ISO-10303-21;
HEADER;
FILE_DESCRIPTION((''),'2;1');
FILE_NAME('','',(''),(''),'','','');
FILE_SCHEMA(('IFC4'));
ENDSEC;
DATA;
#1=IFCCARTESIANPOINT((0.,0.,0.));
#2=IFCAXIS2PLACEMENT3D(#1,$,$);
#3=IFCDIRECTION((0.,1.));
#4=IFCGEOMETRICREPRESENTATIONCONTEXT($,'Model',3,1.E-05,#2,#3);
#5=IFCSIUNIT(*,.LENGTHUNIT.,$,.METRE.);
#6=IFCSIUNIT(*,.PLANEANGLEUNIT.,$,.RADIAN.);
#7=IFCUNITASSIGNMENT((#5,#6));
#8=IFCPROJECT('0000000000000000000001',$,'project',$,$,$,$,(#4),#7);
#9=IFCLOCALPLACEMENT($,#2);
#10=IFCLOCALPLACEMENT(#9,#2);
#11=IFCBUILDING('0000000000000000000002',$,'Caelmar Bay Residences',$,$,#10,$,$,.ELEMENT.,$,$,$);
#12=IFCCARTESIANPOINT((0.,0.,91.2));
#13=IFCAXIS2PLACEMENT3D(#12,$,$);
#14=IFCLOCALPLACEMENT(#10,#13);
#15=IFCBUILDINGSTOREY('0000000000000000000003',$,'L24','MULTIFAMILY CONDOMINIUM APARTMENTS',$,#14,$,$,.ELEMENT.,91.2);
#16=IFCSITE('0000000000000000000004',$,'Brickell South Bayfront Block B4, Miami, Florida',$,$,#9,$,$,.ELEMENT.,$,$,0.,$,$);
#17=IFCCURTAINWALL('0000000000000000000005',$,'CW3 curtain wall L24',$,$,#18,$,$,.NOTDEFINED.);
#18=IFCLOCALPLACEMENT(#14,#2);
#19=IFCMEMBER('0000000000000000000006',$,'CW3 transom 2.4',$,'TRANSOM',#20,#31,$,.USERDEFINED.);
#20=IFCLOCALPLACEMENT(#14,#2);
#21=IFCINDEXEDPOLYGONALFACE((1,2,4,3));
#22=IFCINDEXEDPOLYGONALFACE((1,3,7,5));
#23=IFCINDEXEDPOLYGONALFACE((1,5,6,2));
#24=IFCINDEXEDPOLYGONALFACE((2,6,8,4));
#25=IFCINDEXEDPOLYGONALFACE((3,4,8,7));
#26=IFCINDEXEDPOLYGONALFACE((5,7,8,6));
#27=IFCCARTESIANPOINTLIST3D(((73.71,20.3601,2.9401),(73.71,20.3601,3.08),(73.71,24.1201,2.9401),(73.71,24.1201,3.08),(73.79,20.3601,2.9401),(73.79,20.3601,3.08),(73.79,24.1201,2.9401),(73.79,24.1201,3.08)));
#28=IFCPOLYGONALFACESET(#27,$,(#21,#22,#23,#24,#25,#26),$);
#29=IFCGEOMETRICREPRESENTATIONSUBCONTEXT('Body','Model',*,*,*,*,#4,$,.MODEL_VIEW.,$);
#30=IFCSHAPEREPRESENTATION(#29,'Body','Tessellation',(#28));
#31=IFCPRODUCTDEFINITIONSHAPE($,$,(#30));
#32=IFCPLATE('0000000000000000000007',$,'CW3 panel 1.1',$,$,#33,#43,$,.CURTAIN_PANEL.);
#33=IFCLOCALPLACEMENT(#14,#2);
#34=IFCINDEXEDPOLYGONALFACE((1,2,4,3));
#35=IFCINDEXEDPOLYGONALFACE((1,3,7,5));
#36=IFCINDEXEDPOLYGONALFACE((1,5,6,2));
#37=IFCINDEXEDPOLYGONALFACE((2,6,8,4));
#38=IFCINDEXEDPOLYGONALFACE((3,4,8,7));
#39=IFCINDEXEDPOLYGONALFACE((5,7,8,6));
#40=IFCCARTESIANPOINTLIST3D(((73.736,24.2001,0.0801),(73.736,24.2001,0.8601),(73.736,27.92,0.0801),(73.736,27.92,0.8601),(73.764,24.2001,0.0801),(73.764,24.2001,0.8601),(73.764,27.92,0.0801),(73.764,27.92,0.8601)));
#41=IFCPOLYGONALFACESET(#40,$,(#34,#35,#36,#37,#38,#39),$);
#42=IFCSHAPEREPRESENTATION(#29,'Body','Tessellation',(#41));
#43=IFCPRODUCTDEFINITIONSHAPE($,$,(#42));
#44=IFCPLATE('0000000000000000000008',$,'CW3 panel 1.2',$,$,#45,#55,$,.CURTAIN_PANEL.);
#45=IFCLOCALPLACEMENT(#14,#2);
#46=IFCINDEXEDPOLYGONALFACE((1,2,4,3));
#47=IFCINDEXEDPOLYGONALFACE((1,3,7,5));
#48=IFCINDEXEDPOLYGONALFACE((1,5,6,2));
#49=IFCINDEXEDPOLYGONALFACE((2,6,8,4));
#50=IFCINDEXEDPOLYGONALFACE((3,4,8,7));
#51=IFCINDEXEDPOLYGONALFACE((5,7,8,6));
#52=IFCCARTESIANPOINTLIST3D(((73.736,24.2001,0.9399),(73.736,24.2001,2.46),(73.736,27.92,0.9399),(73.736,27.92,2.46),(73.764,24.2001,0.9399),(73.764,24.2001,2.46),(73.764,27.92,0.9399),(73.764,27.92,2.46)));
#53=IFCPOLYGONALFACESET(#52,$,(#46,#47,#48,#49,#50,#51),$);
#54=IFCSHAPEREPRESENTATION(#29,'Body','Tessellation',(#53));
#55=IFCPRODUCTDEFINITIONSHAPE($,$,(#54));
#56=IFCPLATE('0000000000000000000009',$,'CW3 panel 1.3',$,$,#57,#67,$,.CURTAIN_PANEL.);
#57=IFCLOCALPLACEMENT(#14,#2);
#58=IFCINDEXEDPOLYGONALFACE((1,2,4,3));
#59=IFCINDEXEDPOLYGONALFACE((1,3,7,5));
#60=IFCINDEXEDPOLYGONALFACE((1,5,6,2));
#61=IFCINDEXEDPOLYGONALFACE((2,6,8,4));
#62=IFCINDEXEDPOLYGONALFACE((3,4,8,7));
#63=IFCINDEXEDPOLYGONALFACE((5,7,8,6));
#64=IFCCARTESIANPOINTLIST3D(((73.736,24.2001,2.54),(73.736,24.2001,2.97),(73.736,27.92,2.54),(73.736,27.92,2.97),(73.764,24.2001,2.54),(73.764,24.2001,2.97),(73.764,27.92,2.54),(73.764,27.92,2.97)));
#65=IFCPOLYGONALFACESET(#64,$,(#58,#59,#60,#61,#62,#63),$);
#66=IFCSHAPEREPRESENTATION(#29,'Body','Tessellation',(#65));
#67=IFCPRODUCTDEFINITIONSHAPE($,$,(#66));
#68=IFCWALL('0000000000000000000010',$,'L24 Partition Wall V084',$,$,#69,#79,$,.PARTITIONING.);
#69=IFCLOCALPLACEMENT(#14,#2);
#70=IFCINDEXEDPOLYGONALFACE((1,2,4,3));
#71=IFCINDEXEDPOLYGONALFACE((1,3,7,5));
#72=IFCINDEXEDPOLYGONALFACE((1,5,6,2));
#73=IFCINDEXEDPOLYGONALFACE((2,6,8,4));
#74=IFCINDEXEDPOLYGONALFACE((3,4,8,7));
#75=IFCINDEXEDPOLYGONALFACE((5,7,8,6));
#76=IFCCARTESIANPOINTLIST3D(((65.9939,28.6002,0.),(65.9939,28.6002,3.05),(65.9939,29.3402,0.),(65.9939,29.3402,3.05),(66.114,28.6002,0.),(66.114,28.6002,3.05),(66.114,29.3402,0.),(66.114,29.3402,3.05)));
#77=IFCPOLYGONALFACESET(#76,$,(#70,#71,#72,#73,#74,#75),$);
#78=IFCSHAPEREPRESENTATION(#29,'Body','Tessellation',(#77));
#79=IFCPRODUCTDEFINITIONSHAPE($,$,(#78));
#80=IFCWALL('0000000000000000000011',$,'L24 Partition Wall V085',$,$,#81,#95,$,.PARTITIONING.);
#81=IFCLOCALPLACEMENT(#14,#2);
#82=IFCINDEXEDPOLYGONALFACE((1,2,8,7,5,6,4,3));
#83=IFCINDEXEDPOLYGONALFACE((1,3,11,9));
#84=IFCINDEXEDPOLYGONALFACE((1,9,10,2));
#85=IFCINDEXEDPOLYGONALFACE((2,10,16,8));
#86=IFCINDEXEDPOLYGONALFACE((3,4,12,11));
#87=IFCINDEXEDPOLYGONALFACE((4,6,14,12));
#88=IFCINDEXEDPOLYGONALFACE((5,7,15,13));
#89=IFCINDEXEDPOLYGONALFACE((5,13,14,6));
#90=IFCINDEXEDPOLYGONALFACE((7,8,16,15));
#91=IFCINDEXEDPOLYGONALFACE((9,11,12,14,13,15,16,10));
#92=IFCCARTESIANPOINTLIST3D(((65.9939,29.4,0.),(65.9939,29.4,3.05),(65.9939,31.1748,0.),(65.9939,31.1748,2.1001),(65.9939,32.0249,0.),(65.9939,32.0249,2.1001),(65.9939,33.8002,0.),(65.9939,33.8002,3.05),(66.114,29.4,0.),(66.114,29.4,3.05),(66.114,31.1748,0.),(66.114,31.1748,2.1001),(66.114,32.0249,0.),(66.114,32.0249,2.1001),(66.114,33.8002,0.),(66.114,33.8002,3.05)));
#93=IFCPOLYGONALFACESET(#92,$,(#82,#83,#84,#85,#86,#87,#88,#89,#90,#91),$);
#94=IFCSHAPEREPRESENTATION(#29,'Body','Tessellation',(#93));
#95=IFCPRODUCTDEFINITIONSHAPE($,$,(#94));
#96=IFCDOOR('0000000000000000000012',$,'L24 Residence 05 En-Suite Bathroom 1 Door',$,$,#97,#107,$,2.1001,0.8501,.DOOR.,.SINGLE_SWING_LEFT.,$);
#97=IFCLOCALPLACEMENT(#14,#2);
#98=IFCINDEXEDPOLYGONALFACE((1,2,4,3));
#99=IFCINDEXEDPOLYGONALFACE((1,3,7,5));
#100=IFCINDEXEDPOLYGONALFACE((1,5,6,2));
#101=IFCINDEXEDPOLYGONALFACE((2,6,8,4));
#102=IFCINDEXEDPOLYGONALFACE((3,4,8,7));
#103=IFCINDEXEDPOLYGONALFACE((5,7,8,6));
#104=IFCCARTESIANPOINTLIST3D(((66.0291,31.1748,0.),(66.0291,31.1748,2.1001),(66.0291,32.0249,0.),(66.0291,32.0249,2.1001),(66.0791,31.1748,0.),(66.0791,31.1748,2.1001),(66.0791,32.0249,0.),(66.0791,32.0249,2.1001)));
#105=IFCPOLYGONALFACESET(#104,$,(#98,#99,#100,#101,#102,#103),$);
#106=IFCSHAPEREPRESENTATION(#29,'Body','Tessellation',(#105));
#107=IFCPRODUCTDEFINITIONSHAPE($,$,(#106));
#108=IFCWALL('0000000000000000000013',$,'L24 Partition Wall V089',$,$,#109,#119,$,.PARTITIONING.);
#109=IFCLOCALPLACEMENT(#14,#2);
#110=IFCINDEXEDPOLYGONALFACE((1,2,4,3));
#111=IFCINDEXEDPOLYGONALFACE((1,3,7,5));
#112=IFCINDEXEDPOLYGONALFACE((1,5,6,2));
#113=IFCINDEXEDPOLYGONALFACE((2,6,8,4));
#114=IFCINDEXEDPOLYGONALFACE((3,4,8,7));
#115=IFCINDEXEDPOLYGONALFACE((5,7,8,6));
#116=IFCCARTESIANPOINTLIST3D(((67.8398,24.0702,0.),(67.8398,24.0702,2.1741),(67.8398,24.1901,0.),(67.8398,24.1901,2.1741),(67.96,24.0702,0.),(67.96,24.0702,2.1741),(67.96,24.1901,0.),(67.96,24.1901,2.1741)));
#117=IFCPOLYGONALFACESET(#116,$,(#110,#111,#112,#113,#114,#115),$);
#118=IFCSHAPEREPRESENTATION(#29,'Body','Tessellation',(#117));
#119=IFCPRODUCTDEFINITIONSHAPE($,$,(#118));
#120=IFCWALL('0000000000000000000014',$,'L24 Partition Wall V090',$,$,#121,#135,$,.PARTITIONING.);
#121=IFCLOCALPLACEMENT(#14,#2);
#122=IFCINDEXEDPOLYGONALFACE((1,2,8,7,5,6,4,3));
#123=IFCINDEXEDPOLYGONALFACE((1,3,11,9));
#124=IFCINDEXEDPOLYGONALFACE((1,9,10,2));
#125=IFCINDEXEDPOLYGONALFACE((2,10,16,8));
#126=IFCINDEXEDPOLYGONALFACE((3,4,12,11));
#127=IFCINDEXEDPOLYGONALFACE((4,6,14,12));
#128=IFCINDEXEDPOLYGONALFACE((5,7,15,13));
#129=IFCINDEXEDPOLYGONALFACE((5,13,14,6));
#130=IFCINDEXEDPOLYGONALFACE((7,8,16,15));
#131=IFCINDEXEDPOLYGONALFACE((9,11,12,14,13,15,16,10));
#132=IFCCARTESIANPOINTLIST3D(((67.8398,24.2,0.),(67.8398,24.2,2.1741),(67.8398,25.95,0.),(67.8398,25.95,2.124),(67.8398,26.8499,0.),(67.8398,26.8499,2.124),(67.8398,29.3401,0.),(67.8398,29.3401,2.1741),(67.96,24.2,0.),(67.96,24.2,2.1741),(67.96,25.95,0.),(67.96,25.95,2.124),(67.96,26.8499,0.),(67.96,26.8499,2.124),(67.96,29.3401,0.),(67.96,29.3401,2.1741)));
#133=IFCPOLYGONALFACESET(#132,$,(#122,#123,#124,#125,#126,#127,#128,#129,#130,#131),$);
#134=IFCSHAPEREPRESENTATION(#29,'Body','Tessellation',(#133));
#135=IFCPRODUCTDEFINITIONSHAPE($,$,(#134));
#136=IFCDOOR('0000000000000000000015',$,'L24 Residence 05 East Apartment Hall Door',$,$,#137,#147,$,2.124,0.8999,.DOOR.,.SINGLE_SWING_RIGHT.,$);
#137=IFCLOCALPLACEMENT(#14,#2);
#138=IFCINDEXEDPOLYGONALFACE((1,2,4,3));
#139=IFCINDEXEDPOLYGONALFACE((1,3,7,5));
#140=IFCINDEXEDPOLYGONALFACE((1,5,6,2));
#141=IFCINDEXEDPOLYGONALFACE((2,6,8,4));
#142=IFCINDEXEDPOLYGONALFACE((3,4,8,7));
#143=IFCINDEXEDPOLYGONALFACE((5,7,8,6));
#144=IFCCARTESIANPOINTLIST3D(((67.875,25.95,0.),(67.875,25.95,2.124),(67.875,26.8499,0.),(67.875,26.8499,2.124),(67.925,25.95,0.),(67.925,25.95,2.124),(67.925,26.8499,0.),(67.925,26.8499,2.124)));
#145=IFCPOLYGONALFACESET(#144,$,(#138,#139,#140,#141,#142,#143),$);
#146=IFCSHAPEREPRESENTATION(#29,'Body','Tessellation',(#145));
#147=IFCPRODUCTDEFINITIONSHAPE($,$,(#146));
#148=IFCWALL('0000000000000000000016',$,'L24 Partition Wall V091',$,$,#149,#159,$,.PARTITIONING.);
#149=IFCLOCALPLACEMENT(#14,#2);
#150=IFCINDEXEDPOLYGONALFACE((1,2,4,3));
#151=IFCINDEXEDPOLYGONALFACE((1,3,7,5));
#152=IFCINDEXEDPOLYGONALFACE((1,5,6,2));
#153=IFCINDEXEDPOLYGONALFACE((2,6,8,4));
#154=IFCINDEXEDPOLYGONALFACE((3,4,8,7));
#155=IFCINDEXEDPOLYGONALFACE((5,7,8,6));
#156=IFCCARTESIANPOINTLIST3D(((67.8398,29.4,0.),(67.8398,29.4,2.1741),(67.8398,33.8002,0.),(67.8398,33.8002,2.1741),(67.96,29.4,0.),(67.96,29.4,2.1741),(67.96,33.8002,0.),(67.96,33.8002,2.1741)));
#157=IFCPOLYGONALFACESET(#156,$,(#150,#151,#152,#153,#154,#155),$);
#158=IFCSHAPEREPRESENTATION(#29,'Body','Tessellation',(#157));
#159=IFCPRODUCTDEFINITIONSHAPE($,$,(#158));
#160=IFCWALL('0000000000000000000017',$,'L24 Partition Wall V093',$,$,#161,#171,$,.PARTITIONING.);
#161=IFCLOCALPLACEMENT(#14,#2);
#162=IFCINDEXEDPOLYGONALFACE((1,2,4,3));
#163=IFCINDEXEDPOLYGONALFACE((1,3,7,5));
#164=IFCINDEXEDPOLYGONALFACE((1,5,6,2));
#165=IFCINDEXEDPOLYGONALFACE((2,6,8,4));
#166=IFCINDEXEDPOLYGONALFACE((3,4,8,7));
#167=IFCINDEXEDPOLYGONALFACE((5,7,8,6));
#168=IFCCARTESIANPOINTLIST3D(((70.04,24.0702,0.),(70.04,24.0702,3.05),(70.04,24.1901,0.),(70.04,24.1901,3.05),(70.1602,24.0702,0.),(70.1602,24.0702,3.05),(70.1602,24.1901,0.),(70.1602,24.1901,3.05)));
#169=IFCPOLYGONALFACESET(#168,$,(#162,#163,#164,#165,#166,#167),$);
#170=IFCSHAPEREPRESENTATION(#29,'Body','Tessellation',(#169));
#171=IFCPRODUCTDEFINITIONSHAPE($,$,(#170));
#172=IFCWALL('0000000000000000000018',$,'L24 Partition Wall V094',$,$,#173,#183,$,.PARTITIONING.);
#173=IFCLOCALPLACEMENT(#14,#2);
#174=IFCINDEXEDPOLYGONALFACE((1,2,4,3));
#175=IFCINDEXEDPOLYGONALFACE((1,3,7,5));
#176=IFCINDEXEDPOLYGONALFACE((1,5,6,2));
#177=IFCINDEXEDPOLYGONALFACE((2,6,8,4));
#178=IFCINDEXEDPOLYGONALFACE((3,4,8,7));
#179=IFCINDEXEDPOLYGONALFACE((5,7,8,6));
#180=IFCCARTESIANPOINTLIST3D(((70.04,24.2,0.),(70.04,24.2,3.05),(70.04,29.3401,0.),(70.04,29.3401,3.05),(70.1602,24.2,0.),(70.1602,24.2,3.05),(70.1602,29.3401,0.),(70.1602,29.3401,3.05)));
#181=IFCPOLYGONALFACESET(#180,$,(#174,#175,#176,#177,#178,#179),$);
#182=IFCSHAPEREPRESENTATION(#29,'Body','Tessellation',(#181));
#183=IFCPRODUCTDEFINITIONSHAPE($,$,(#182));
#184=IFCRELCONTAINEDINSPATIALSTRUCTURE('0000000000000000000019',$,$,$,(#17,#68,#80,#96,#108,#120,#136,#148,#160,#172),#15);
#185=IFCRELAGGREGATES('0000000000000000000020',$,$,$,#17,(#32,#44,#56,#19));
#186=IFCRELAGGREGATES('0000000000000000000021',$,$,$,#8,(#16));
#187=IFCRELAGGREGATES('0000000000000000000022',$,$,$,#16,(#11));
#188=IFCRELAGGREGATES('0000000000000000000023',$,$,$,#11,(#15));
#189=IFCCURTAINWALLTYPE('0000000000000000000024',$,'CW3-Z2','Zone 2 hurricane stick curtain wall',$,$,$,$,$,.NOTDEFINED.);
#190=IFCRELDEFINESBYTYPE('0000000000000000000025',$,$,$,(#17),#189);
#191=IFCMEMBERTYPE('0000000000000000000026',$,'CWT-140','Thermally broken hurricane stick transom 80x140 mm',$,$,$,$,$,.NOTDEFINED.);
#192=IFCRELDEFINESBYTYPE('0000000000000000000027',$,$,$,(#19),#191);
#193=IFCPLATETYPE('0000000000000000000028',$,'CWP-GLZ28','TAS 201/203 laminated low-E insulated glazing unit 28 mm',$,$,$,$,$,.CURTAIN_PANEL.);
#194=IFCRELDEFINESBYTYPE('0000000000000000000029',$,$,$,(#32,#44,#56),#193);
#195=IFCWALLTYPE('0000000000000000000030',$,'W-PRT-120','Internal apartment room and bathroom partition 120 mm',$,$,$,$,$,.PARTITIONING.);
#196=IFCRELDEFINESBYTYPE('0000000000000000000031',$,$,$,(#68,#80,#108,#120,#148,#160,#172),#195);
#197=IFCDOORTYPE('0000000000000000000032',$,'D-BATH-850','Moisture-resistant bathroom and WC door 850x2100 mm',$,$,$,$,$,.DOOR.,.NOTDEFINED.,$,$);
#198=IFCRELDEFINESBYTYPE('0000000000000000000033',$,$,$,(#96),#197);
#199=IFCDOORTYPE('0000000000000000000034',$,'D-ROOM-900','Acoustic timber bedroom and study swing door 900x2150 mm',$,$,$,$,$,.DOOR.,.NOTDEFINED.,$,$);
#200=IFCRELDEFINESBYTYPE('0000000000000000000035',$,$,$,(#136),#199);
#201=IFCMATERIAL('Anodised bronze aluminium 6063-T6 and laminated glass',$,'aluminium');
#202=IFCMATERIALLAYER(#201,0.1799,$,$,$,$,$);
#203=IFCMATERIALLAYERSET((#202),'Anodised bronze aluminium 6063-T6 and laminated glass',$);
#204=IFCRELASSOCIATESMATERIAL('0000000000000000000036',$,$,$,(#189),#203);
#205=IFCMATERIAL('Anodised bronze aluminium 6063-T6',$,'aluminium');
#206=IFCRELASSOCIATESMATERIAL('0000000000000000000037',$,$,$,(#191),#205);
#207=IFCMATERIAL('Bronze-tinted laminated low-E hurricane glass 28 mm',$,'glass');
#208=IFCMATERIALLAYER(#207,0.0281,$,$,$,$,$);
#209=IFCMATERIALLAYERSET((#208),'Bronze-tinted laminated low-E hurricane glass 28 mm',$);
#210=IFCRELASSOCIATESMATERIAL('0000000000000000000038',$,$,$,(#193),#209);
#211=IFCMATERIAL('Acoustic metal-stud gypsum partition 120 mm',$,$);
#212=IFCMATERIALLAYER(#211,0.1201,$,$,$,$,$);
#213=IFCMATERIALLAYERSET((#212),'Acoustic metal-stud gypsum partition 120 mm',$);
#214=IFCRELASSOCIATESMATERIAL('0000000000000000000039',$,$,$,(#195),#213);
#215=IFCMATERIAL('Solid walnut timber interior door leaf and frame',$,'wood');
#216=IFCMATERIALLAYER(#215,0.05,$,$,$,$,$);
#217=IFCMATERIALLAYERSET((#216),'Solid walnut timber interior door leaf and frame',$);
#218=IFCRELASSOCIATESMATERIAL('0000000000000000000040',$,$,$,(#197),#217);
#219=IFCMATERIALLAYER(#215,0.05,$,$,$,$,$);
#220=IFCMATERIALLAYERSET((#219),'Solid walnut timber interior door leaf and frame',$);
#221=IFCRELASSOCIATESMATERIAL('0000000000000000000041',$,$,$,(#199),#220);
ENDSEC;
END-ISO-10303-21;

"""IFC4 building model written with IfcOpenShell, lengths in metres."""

from ifc_helpers import new_model, si_unit, direction, frame, frame_2d, origin, origin_2d, place, context, subcontext, project, spatial, rectangle, extrude, material, layer, layer_set, material_profile, profile_set, type_object, element, fill, aggregate, save


model = new_model("IFC4")

# Units and contexts
model_context = context("Model", 3, precision=1e-05, world=origin(), true_north=direction((0.0, 1.0)))
body_context = subcontext(model_context, "Body", "Model", "MODEL_VIEW")
ifc_project = project(units=[si_unit("LENGTHUNIT", "METRE"), si_unit("PLANEANGLEUNIT", "RADIAN")], contexts=[model_context])

# Site, building, storey
site_placement = place(None, origin())
site = spatial("IfcSite", under=ifc_project, at=site_placement, Name="Brickell South Bayfront Block B4, Miami, Florida", CompositionType="ELEMENT", RefElevation=0.0)
building_placement = place(site_placement, origin())
building = spatial("IfcBuilding", under=site, at=building_placement, Name="Caelmar Bay Residences", CompositionType="ELEMENT")
storey_placement = place(building_placement, frame((0.0, 0.0, 91.2)))
storey = spatial("IfcBuildingStorey", under=building, at=storey_placement, Name="L24", Description="MULTIFAMILY CONDOMINIUM APARTMENTS", CompositionType="ELEMENT", Elevation=91.2)

# Curtain wall, member, plates
ifc_material_1 = material(Name="Anodised bronze aluminium 6063-T6 and laminated glass", Category="aluminium")
ifc_layer_1 = layer(ifc_material_1, 0.1799)
ifc_layer_set_1 = layer_set([ifc_layer_1], Name="Anodised bronze aluminium 6063-T6 and laminated glass")
curtain_wall_type = type_object("IfcCurtainWallType", Name="CW3-Z2", Description="Zone 2 hurricane stick curtain wall", PredefinedType="NOTDEFINED", material=ifc_layer_set_1)
curtain_wall_placement = place(storey_placement, origin())
curtain_wall = element("IfcCurtainWall", 1, at=curtain_wall_placement, inside=storey, type_object=curtain_wall_type, Name="CW3 curtain wall L24", PredefinedType="NOTDEFINED")
ifc_material_2 = material(Name="Anodised bronze aluminium 6063-T6", Category="aluminium")
ifc_material_profile_1 = material_profile(ifc_material_2, rectangle(XDim=0.0801, YDim=0.1399, at=origin_2d()), Name="CWT-80X140")
ifc_profile_set_1 = profile_set([ifc_material_profile_1], Name="Anodised bronze aluminium 6063-T6")
member_type_1 = type_object("IfcMemberType", Name="CWT-140", Description="Thermally broken hurricane stick transom 80x140 mm", PredefinedType="NOTDEFINED", material=ifc_profile_set_1)
member_1_placement = place(storey_placement, frame((73.75, 24.1201, 3.01), z_axis=(0.0, -1.0, 0.0), x_axis=(1.0, 0.0, 0.0)))
member_1 = element("IfcMember", 2, at=member_1_placement, type_object=member_type_1, Name="CW3 transom 2.4", ObjectType="TRANSOM", PredefinedType="USERDEFINED", context=body_context, shape_type="SweptSolid", body=[
    extrude(rectangle(XDim=0.0801, YDim=0.1399, at=origin_2d()), origin(), (0.0, 0.0, 1.0), 3.76),
])
ifc_material_3 = material(Name="Bronze-tinted laminated low-E hurricane glass 28 mm", Category="glass")
ifc_layer_2 = layer(ifc_material_3, 0.0281)
ifc_layer_set_2 = layer_set([ifc_layer_2], Name="Bronze-tinted laminated low-E hurricane glass 28 mm")
plate_type = type_object("IfcPlateType", Name="CWP-GLZ28", Description="TAS 201/203 laminated low-E insulated glazing unit 28 mm", PredefinedType="CURTAIN_PANEL", material=ifc_layer_set_2)
plate_1_placement = place(storey_placement, frame((73.75, 26.0601, 0.0801), z_axis=(0.0, 0.0, 1.0), x_axis=(0.0, -1.0, 0.0)))
plate_1 = element("IfcPlate", 3, at=plate_1_placement, type_object=plate_type, Name="CW3 panel 1.1", PredefinedType="CURTAIN_PANEL", context=body_context, shape_type="SweptSolid", body=[
    extrude(rectangle(XDim=3.72, YDim=0.0281, at=origin_2d()), origin(), (0.0, 0.0, 1.0), 0.78),
])
plate_2_placement = place(storey_placement, frame((73.75, 26.0601, 0.9399), z_axis=(0.0, 0.0, 1.0), x_axis=(0.0, -1.0, 0.0)))
plate_2 = element("IfcPlate", 4, at=plate_2_placement, type_object=plate_type, Name="CW3 panel 1.2", PredefinedType="CURTAIN_PANEL", context=body_context, shape_type="SweptSolid", body=[
    extrude(rectangle(XDim=3.72, YDim=0.0281, at=origin_2d()), origin(), (0.0, 0.0, 1.0), 1.52),
])
plate_3_placement = place(storey_placement, frame((73.75, 26.0601, 2.54), z_axis=(0.0, 0.0, 1.0), x_axis=(0.0, -1.0, 0.0)))
plate_3 = element("IfcPlate", 5, at=plate_3_placement, type_object=plate_type, Name="CW3 panel 1.3", PredefinedType="CURTAIN_PANEL", context=body_context, shape_type="SweptSolid", body=[
    extrude(rectangle(XDim=3.72, YDim=0.0281, at=origin_2d()), origin(), (0.0, 0.0, 1.0), 0.4299),
])
aggregate(curtain_wall, [plate_1, plate_2, plate_3, member_1])

# Wall
ifc_material_4 = material(Name="Acoustic metal-stud gypsum partition 120 mm")
ifc_layer_3 = layer(ifc_material_4, 0.1201)
ifc_layer_set_3 = layer_set([ifc_layer_3], Name="Acoustic metal-stud gypsum partition 120 mm")
wall_type = type_object("IfcWallType", Name="W-PRT-120", Description="Internal apartment room and bathroom partition 120 mm", PredefinedType="PARTITIONING", material=ifc_layer_set_3)
wall_1_placement = place(storey_placement, frame((66.054, 28.6001, 0.0), z_axis=(0.0, 0.0, 1.0), x_axis=(0.0, 1.0, 0.0)))
element("IfcWall", 6, at=wall_1_placement, inside=storey, type_object=wall_type, Name="L24 Partition Wall V084", PredefinedType="PARTITIONING", context=body_context, shape_type="SweptSolid", body=[
    extrude(rectangle(XDim=0.74, YDim=0.1201, at=frame_2d((0.3701, 0.0))), origin(), (0.0, 0.0, 1.0), 3.05),
])

# Wall, opening, door
wall_2_placement = place(storey_placement, frame((66.054, 29.3999, 0.0), z_axis=(0.0, 0.0, 1.0), x_axis=(0.0, 1.0, 0.0)))
wall_2 = element("IfcWall", 7, at=wall_2_placement, inside=storey, type_object=wall_type, Name="L24 Partition Wall V085", PredefinedType="PARTITIONING", context=body_context, shape_type="SweptSolid", body=[
    extrude(rectangle(XDim=4.4001, YDim=0.1201, at=frame_2d((2.2002, 0.0))), origin(), (0.0, 0.0, 1.0), 3.05),
])
opening_1_placement = place(wall_2_placement, frame((1.7749, 0.0, 0.0)))
opening_1 = element("IfcOpeningElement", 8, at=opening_1_placement, cuts=wall_2, PredefinedType="OPENING", context=body_context, shape_type="SweptSolid", body=[
    extrude(rectangle(XDim=0.8501, YDim=2.1001, at=frame_2d((0.425, 1.05))), frame((0.0, 0.0701, 0.0), z_axis=(0.0, -1.0, 0.0), x_axis=(1.0, 0.0, 0.0)), (0.0, 0.0, 1.0), 0.1401),
])
ifc_material_5 = material(Name="Solid walnut timber interior door leaf and frame", Category="wood")
ifc_layer_4 = layer(ifc_material_5, 0.05)
ifc_layer_set_4 = layer_set([ifc_layer_4], Name="Solid walnut timber interior door leaf and frame")
door_type_1 = type_object("IfcDoorType", Name="D-BATH-850", Description="Moisture-resistant bathroom and WC door 850x2100 mm", OperationType="NOTDEFINED", PredefinedType="DOOR", material=ifc_layer_set_4)
door_1_placement = place(opening_1_placement, origin())
door_1 = element("IfcDoor", 9, at=door_1_placement, inside=storey, type_object=door_type_1, Name="L24 Residence 05 En-Suite Bathroom 1 Door", OperationType="SINGLE_SWING_LEFT", OverallHeight=2.1001, OverallWidth=0.8501, PredefinedType="DOOR", context=body_context, shape_type="SweptSolid", body=[
    extrude(rectangle(XDim=0.8501, YDim=2.1001, at=frame_2d((0.425, 1.05))), frame((0.0, 0.0249, 0.0), z_axis=(0.0, -1.0, 0.0), x_axis=(1.0, 0.0, 0.0)), (0.0, 0.0, 1.0), 0.05),
])
fill(opening_1, door_1)

# Wall
wall_3_placement = place(storey_placement, frame((67.8999, 24.0701, 0.0), z_axis=(0.0, 0.0, 1.0), x_axis=(0.0, 1.0, 0.0)))
element("IfcWall", 10, at=wall_3_placement, inside=storey, type_object=wall_type, Name="L24 Partition Wall V089", PredefinedType="PARTITIONING", context=body_context, shape_type="SweptSolid", body=[
    extrude(rectangle(XDim=0.1199, YDim=0.1201, at=frame_2d((0.0601, 0.0))), origin(), (0.0, 0.0, 1.0), 2.1741),
])

# Wall, opening, door
wall_4_placement = place(storey_placement, frame((67.8999, 24.2, 0.0), z_axis=(0.0, 0.0, 1.0), x_axis=(0.0, 1.0, 0.0)))
wall_4 = element("IfcWall", 11, at=wall_4_placement, inside=storey, type_object=wall_type, Name="L24 Partition Wall V090", PredefinedType="PARTITIONING", context=body_context, shape_type="SweptSolid", body=[
    extrude(rectangle(XDim=5.1401, YDim=0.1201, at=frame_2d((2.5701, 0.0))), origin(), (0.0, 0.0, 1.0), 2.1741),
])
opening_2_placement = place(wall_4_placement, frame((1.75, 0.0, 0.0)))
opening_2 = element("IfcOpeningElement", 12, at=opening_2_placement, cuts=wall_4, PredefinedType="OPENING", context=body_context, shape_type="SweptSolid", body=[
    extrude(rectangle(XDim=0.8999, YDim=2.124, at=frame_2d((0.45, 1.062))), frame((0.0, 0.0701, 0.0), z_axis=(0.0, -1.0, 0.0), x_axis=(1.0, 0.0, 0.0)), (0.0, 0.0, 1.0), 0.1401),
])
ifc_layer_5 = layer(ifc_material_5, 0.05)
ifc_layer_set_5 = layer_set([ifc_layer_5], Name="Solid walnut timber interior door leaf and frame")
door_type_2 = type_object("IfcDoorType", Name="D-ROOM-900", Description="Acoustic timber bedroom and study swing door 900x2150 mm", OperationType="NOTDEFINED", PredefinedType="DOOR", material=ifc_layer_set_5)
door_2_placement = place(opening_2_placement, origin())
door_2 = element("IfcDoor", 13, at=door_2_placement, inside=storey, type_object=door_type_2, Name="L24 Residence 05 East Apartment Hall Door", OperationType="SINGLE_SWING_RIGHT", OverallHeight=2.124, OverallWidth=0.8999, PredefinedType="DOOR", context=body_context, shape_type="SweptSolid", body=[
    extrude(rectangle(XDim=0.8999, YDim=2.124, at=frame_2d((0.45, 1.062))), frame((0.0, 0.0249, 0.0), z_axis=(0.0, -1.0, 0.0), x_axis=(1.0, 0.0, 0.0)), (0.0, 0.0, 1.0), 0.05),
])
fill(opening_2, door_2)

# Walls
wall_5_placement = place(storey_placement, frame((67.8999, 29.3999, 0.0), z_axis=(0.0, 0.0, 1.0), x_axis=(0.0, 1.0, 0.0)))
element("IfcWall", 14, at=wall_5_placement, inside=storey, type_object=wall_type, Name="L24 Partition Wall V091", PredefinedType="PARTITIONING", context=body_context, shape_type="SweptSolid", body=[
    extrude(rectangle(XDim=4.4001, YDim=0.1201, at=frame_2d((2.2002, 0.0))), origin(), (0.0, 0.0, 1.0), 2.1741),
])
wall_6_placement = place(storey_placement, frame((70.1001, 24.0701, 0.0), z_axis=(0.0, 0.0, 1.0), x_axis=(0.0, 1.0, 0.0)))
element("IfcWall", 15, at=wall_6_placement, inside=storey, type_object=wall_type, Name="L24 Partition Wall V093", PredefinedType="PARTITIONING", context=body_context, shape_type="SweptSolid", body=[
    extrude(rectangle(XDim=0.1199, YDim=0.1201, at=frame_2d((0.0601, 0.0))), origin(), (0.0, 0.0, 1.0), 3.05),
])
wall_7_placement = place(storey_placement, frame((70.1001, 24.2, 0.0), z_axis=(0.0, 0.0, 1.0), x_axis=(0.0, 1.0, 0.0)))
element("IfcWall", 16, at=wall_7_placement, inside=storey, type_object=wall_type, Name="L24 Partition Wall V094", PredefinedType="PARTITIONING", context=body_context, shape_type="SweptSolid", body=[
    extrude(rectangle(XDim=5.1401, YDim=0.1201, at=frame_2d((2.5701, 0.0))), origin(), (0.0, 0.0, 1.0), 3.05),
])

save(model, "model.ifc")
